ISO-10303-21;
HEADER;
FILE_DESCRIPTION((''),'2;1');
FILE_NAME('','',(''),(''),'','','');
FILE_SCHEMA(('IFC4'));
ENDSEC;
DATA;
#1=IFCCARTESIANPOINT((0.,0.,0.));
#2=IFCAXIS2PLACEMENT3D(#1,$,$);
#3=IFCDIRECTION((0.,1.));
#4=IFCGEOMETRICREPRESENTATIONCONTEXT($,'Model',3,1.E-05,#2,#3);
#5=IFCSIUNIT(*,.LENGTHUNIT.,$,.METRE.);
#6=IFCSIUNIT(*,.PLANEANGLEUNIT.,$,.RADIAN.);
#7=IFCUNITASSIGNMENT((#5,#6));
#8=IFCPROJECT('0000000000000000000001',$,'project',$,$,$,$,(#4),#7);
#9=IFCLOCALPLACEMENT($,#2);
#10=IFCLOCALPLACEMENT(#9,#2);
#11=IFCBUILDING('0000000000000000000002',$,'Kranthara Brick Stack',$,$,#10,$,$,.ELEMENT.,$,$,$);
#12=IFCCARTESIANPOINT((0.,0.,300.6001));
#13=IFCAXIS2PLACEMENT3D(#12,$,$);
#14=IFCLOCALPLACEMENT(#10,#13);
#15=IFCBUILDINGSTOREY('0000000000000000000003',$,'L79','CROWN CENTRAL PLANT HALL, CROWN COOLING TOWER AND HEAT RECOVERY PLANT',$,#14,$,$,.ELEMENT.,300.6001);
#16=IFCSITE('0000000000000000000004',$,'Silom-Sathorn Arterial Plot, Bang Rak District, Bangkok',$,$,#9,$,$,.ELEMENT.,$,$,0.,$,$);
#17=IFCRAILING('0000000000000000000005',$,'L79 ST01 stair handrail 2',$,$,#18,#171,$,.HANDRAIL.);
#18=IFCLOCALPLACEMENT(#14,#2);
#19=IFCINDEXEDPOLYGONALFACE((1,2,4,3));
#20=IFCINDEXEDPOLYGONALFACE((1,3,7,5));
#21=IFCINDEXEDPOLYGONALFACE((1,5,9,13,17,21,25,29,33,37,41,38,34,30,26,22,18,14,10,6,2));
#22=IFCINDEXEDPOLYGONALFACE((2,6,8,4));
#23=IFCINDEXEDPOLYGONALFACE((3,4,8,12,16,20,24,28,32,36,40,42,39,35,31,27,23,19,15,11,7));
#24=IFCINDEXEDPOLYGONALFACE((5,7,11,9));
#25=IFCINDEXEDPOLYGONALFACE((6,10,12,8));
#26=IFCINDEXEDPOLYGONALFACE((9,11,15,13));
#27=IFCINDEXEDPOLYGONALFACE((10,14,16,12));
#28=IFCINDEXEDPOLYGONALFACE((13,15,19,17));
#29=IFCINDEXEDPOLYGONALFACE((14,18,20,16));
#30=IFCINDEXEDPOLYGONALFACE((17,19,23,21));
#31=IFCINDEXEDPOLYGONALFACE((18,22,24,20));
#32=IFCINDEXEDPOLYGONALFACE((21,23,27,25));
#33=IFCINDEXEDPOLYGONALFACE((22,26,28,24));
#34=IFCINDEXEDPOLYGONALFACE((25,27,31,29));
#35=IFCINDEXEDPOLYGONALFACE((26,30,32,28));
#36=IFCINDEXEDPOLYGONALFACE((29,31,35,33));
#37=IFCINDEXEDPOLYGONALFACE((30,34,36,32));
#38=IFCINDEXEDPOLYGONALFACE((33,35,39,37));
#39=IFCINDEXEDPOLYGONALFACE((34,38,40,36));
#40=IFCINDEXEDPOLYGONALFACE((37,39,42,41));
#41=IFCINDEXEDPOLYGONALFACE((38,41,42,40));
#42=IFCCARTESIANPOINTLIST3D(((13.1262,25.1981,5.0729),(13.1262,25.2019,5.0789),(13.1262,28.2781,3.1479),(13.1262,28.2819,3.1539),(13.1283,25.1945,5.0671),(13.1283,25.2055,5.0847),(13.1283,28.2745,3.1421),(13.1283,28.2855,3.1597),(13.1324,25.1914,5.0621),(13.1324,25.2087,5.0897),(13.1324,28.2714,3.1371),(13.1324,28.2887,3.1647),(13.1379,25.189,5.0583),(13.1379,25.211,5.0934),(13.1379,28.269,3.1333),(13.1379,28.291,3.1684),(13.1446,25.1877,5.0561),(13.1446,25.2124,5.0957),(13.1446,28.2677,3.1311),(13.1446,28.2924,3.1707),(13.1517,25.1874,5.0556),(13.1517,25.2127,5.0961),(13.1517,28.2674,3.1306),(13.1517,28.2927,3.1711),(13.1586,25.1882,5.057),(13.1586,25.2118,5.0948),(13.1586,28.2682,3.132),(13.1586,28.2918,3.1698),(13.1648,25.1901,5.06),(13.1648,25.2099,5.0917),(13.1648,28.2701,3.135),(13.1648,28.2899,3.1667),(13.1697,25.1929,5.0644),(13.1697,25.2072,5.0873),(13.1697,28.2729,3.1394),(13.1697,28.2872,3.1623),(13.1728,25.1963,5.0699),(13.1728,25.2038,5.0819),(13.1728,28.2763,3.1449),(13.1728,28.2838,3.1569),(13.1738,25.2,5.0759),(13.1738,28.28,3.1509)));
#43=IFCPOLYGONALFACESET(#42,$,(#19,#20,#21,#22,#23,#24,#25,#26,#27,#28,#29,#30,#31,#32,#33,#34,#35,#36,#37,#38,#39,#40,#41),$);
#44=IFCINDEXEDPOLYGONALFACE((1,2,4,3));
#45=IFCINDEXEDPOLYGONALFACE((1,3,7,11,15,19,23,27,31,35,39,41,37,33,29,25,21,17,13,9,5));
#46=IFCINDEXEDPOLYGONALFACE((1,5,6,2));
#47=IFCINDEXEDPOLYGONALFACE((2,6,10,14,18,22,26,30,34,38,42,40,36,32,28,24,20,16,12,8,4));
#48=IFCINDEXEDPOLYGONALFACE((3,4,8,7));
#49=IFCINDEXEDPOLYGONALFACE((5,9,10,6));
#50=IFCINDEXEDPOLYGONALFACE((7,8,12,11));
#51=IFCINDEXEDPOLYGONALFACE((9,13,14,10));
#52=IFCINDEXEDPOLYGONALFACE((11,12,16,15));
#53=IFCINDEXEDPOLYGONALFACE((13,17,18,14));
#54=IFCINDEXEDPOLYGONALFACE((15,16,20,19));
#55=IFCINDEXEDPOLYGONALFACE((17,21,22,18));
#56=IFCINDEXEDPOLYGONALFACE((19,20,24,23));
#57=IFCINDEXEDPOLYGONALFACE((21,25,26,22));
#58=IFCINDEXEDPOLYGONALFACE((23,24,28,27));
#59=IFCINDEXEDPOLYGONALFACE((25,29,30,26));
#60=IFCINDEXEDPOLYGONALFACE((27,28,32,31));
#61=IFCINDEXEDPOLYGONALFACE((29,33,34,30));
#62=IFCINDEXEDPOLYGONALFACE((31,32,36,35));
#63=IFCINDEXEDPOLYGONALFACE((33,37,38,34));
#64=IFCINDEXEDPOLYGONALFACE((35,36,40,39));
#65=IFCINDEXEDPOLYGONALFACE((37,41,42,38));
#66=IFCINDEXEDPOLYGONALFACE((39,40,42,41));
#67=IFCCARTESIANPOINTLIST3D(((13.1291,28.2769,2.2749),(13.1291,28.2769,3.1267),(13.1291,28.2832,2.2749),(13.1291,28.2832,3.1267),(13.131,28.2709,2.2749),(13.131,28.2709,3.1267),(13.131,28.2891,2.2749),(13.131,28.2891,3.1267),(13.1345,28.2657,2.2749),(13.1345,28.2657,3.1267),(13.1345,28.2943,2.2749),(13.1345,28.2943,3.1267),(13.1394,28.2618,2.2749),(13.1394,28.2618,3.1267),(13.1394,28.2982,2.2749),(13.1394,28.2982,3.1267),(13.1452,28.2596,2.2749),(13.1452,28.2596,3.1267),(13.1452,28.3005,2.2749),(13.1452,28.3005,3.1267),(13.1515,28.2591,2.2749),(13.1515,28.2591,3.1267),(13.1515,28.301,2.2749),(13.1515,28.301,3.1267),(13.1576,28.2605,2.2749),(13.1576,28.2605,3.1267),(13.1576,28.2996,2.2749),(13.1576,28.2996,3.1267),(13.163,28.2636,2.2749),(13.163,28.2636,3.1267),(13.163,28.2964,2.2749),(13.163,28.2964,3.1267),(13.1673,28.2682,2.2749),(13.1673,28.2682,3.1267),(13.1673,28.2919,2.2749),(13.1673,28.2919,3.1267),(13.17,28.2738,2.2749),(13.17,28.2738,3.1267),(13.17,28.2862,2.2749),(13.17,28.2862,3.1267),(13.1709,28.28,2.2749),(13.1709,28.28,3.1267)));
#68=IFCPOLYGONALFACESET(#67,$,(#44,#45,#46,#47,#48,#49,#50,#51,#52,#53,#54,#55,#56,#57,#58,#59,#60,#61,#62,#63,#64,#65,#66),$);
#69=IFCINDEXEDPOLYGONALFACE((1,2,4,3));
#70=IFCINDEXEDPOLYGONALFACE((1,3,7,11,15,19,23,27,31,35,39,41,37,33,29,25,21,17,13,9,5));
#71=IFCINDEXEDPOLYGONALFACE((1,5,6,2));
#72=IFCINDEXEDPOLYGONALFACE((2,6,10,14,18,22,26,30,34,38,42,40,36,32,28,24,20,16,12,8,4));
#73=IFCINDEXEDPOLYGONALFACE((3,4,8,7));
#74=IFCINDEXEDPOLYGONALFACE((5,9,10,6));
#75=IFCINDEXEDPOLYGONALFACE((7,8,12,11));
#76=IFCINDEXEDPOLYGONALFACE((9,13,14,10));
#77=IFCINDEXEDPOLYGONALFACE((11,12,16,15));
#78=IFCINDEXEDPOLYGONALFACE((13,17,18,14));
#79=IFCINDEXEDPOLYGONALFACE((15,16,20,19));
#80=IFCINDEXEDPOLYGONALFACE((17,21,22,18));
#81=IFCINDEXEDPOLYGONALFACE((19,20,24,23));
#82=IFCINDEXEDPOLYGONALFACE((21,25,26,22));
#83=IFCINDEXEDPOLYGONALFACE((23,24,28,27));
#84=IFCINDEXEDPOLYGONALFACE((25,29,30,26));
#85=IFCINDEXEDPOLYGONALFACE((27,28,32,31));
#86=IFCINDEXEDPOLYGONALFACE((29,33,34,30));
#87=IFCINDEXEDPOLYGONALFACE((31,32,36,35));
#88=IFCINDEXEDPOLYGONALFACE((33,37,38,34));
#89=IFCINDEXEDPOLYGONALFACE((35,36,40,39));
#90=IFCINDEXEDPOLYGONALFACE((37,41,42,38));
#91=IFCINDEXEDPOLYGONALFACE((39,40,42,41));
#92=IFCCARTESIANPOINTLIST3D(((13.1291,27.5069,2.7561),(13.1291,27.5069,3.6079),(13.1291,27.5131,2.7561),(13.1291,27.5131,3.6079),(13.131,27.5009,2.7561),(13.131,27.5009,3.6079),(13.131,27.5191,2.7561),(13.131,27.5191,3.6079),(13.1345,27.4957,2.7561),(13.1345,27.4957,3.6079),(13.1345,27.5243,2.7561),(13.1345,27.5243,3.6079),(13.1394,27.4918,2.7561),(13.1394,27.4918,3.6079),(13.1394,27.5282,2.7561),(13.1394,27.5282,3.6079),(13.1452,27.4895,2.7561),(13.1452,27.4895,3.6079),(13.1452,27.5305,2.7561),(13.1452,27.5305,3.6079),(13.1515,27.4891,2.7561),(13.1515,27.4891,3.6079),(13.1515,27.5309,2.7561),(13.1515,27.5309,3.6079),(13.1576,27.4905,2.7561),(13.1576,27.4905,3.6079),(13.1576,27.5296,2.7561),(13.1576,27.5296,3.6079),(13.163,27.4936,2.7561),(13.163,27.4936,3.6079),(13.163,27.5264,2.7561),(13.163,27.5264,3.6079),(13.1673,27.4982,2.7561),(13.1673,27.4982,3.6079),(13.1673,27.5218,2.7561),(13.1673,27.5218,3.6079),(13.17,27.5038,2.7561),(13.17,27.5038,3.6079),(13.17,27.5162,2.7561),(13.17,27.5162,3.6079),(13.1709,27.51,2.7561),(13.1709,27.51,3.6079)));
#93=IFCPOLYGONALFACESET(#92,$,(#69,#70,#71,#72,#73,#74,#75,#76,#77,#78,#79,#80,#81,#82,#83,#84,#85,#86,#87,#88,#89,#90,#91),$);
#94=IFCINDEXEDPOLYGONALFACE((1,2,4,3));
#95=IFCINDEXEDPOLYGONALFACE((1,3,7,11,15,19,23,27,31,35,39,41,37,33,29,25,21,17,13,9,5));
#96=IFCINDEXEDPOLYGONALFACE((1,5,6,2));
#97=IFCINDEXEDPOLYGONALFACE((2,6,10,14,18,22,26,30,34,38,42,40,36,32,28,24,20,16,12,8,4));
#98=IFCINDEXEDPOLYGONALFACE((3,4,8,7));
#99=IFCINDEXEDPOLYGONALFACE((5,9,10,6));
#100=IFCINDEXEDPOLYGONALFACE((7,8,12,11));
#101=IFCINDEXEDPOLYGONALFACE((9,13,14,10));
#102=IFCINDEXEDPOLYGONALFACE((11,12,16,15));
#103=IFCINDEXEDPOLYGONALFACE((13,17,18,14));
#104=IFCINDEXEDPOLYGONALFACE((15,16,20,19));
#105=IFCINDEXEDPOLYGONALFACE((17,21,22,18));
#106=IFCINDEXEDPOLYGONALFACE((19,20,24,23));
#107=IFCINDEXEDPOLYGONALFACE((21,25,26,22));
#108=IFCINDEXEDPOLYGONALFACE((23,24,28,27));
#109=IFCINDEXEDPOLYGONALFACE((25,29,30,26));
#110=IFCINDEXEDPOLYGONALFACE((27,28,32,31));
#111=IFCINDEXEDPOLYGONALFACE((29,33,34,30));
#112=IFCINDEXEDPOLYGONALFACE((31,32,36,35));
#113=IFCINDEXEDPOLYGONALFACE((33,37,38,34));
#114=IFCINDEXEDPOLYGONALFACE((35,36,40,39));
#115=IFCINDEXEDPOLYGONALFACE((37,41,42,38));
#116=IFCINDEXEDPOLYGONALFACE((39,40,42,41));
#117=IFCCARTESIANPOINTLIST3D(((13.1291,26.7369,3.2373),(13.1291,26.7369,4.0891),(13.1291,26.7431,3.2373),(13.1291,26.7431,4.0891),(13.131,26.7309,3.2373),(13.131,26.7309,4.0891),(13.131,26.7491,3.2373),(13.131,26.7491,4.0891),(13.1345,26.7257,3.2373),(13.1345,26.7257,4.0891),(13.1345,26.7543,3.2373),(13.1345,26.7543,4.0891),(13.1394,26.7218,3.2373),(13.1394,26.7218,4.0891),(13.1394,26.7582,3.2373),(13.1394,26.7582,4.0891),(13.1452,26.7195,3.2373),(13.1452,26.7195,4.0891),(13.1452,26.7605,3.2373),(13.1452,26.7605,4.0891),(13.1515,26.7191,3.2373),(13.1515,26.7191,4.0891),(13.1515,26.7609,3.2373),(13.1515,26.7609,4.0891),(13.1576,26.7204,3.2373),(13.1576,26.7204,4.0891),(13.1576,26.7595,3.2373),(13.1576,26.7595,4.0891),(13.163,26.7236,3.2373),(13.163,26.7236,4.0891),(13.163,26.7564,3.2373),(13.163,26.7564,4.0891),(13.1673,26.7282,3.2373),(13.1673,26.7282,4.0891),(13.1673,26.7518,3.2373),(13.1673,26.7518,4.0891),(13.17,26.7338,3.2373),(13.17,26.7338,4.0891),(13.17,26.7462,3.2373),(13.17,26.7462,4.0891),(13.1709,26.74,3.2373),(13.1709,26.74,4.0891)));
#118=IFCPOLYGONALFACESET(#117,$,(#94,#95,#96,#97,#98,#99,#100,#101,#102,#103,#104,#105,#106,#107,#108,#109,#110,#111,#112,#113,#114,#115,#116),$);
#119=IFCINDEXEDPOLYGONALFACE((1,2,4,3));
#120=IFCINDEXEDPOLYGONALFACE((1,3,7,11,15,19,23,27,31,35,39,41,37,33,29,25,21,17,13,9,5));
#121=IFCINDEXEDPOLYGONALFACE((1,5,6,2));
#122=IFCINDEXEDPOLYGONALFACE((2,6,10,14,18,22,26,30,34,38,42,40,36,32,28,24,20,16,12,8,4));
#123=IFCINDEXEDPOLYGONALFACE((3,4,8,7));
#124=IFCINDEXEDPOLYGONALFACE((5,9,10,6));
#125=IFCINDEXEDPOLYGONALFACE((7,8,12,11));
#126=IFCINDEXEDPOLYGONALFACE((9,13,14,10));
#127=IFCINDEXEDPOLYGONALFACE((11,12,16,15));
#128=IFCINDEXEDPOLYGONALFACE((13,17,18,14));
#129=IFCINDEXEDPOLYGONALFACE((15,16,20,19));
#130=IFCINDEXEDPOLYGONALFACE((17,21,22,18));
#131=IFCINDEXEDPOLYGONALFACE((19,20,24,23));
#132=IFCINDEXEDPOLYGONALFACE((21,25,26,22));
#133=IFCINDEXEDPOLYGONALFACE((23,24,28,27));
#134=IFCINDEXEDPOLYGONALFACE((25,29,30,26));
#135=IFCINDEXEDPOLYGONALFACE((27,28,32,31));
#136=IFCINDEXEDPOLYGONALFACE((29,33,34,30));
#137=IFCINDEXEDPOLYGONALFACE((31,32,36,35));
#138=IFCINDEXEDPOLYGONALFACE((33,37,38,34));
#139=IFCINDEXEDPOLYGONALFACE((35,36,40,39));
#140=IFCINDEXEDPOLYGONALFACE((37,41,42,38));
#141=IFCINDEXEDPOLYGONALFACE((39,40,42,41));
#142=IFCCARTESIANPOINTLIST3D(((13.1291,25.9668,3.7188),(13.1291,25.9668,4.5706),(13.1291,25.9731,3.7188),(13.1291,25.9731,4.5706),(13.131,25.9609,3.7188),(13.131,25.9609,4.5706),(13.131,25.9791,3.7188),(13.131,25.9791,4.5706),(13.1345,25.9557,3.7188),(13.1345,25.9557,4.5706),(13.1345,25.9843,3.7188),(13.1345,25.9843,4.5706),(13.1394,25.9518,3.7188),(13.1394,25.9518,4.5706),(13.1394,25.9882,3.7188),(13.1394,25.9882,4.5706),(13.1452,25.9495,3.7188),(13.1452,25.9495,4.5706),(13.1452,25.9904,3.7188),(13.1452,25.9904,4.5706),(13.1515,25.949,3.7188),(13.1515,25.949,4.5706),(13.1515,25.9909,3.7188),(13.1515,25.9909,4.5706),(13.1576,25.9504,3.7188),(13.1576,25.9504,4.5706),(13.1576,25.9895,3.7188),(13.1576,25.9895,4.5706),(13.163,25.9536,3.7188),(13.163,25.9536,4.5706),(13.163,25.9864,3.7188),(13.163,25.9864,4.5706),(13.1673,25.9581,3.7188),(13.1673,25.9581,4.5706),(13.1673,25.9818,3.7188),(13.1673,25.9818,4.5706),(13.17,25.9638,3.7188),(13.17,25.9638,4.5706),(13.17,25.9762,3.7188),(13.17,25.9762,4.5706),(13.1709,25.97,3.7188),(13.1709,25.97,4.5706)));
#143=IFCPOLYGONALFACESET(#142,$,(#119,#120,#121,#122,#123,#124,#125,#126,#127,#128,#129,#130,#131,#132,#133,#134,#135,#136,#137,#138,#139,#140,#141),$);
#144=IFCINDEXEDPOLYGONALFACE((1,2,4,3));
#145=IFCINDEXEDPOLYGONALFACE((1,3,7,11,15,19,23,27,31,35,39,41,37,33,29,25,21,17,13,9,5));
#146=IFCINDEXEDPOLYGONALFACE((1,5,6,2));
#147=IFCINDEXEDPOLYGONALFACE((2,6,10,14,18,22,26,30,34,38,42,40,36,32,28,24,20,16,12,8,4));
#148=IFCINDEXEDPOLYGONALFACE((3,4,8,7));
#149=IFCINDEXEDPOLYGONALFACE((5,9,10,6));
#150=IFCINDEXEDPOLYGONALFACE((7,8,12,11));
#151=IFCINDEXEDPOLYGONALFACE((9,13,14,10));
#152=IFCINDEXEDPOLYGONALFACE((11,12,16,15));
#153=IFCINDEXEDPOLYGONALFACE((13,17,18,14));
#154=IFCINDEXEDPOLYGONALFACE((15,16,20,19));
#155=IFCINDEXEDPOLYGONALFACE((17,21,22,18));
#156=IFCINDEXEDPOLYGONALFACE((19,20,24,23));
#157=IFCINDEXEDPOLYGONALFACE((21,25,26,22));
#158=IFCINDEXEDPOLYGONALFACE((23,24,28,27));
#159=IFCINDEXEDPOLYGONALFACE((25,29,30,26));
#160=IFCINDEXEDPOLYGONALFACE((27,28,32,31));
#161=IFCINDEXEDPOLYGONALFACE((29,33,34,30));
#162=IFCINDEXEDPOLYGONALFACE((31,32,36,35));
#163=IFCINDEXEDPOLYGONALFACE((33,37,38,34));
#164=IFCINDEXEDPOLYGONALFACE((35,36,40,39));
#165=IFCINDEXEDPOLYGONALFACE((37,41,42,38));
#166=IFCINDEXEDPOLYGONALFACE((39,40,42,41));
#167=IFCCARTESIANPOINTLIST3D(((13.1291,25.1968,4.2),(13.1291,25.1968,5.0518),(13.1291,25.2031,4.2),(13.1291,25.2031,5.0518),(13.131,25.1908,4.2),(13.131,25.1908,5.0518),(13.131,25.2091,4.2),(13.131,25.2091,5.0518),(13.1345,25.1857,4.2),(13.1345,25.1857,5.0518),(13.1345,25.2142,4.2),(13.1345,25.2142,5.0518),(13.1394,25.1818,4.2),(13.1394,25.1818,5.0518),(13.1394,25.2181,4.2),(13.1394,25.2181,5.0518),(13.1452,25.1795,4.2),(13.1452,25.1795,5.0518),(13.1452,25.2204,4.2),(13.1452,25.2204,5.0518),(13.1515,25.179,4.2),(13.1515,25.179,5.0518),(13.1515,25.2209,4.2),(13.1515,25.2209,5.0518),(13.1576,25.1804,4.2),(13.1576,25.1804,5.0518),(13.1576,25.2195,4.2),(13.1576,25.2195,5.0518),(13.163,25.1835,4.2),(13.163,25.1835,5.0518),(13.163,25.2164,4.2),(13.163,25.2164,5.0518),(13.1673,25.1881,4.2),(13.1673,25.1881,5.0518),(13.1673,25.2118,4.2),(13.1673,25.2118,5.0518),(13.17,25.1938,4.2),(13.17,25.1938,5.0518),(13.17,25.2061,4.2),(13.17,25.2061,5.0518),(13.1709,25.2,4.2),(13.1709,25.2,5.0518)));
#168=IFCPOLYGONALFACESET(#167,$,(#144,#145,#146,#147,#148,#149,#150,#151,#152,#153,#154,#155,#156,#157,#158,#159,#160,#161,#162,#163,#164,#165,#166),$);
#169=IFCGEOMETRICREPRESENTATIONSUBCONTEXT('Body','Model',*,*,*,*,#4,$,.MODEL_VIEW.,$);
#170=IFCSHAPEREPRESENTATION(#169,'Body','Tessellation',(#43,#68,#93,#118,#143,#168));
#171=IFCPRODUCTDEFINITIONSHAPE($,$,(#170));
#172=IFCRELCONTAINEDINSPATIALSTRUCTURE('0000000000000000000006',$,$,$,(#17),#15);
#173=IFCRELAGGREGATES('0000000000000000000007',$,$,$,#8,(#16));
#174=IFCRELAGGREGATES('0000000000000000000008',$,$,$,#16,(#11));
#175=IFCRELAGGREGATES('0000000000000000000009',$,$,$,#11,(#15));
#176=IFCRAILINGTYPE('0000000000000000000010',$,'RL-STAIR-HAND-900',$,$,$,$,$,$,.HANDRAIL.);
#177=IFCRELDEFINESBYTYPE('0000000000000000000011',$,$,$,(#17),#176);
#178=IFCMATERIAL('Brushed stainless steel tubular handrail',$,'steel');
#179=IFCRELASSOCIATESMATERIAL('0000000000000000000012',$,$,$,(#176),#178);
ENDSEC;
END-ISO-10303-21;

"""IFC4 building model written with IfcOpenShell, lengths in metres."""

from ifc_helpers import new_model, si_unit, direction, frame, origin, origin_2d, place, context, subcontext, project, spatial, circle, extrude, material, type_object, element, save


model = new_model("IFC4")

# Units and contexts
model_context = context("Model", 3, precision=1e-05, world=origin(), true_north=direction((0.0, 1.0)))
body_context = subcontext(model_context, "Body", "Model", "MODEL_VIEW")
ifc_project = project(units=[si_unit("LENGTHUNIT", "METRE"), si_unit("PLANEANGLEUNIT", "RADIAN")], contexts=[model_context])

# Site, building, storey
site_placement = place(None, origin())
site = spatial("IfcSite", under=ifc_project, at=site_placement, Name="Silom-Sathorn Arterial Plot, Bang Rak District, Bangkok", CompositionType="ELEMENT", RefElevation=0.0)
building_placement = place(site_placement, origin())
building = spatial("IfcBuilding", under=site, at=building_placement, Name="Kranthara Brick Stack", CompositionType="ELEMENT")
storey_placement = place(building_placement, frame((0.0, 0.0, 300.6001)))
storey = spatial("IfcBuildingStorey", under=building, at=storey_placement, Name="L79", Description="CROWN CENTRAL PLANT HALL, CROWN COOLING TOWER AND HEAT RECOVERY PLANT", CompositionType="ELEMENT", Elevation=300.6001)

# Railing
ifc_material_1 = material(Name="Brushed stainless steel tubular handrail", Category="steel")
railing_type_1 = type_object("IfcRailingType", Name="RL-STAIR-HAND-900", PredefinedType="HANDRAIL", material=ifc_material_1)
railing_1_placement = place(storey_placement, frame((13.1499, 28.28, 2.2749)))
element("IfcRailing", 1, at=railing_1_placement, inside=storey, type_object=railing_type_1, Name="L79 ST01 stair handrail 2", PredefinedType="HANDRAIL", context=body_context, shape_type="SweptSolid", body=[
    extrude(circle(Radius=0.0239, at=origin_2d()), frame((0.0, 0.0, 0.876), z_axis=(0.0, -0.847998, 0.529999), x_axis=(1.0, 0.0, 0.0)), (0.0, 0.0, 1.0), 3.6321),
    extrude(circle(Radius=0.021, at=origin_2d()), origin(), (0.0, 0.0, 1.0), 0.8518),
    extrude(circle(Radius=0.021, at=origin_2d()), frame((0.0, -0.77, 0.4812)), (0.0, 0.0, 1.0), 0.8518),
    extrude(circle(Radius=0.021, at=origin_2d()), frame((0.0, -1.54, 0.9624)), (0.0, 0.0, 1.0), 0.8518),
    extrude(circle(Radius=0.021, at=origin_2d()), frame((0.0, -2.3101, 1.4438)), (0.0, 0.0, 1.0), 0.8518),
    extrude(circle(Radius=0.021, at=origin_2d()), frame((0.0, -3.0801, 1.925)), (0.0, 0.0, 1.0), 0.8518),
])

save(model, "model.ifc")
